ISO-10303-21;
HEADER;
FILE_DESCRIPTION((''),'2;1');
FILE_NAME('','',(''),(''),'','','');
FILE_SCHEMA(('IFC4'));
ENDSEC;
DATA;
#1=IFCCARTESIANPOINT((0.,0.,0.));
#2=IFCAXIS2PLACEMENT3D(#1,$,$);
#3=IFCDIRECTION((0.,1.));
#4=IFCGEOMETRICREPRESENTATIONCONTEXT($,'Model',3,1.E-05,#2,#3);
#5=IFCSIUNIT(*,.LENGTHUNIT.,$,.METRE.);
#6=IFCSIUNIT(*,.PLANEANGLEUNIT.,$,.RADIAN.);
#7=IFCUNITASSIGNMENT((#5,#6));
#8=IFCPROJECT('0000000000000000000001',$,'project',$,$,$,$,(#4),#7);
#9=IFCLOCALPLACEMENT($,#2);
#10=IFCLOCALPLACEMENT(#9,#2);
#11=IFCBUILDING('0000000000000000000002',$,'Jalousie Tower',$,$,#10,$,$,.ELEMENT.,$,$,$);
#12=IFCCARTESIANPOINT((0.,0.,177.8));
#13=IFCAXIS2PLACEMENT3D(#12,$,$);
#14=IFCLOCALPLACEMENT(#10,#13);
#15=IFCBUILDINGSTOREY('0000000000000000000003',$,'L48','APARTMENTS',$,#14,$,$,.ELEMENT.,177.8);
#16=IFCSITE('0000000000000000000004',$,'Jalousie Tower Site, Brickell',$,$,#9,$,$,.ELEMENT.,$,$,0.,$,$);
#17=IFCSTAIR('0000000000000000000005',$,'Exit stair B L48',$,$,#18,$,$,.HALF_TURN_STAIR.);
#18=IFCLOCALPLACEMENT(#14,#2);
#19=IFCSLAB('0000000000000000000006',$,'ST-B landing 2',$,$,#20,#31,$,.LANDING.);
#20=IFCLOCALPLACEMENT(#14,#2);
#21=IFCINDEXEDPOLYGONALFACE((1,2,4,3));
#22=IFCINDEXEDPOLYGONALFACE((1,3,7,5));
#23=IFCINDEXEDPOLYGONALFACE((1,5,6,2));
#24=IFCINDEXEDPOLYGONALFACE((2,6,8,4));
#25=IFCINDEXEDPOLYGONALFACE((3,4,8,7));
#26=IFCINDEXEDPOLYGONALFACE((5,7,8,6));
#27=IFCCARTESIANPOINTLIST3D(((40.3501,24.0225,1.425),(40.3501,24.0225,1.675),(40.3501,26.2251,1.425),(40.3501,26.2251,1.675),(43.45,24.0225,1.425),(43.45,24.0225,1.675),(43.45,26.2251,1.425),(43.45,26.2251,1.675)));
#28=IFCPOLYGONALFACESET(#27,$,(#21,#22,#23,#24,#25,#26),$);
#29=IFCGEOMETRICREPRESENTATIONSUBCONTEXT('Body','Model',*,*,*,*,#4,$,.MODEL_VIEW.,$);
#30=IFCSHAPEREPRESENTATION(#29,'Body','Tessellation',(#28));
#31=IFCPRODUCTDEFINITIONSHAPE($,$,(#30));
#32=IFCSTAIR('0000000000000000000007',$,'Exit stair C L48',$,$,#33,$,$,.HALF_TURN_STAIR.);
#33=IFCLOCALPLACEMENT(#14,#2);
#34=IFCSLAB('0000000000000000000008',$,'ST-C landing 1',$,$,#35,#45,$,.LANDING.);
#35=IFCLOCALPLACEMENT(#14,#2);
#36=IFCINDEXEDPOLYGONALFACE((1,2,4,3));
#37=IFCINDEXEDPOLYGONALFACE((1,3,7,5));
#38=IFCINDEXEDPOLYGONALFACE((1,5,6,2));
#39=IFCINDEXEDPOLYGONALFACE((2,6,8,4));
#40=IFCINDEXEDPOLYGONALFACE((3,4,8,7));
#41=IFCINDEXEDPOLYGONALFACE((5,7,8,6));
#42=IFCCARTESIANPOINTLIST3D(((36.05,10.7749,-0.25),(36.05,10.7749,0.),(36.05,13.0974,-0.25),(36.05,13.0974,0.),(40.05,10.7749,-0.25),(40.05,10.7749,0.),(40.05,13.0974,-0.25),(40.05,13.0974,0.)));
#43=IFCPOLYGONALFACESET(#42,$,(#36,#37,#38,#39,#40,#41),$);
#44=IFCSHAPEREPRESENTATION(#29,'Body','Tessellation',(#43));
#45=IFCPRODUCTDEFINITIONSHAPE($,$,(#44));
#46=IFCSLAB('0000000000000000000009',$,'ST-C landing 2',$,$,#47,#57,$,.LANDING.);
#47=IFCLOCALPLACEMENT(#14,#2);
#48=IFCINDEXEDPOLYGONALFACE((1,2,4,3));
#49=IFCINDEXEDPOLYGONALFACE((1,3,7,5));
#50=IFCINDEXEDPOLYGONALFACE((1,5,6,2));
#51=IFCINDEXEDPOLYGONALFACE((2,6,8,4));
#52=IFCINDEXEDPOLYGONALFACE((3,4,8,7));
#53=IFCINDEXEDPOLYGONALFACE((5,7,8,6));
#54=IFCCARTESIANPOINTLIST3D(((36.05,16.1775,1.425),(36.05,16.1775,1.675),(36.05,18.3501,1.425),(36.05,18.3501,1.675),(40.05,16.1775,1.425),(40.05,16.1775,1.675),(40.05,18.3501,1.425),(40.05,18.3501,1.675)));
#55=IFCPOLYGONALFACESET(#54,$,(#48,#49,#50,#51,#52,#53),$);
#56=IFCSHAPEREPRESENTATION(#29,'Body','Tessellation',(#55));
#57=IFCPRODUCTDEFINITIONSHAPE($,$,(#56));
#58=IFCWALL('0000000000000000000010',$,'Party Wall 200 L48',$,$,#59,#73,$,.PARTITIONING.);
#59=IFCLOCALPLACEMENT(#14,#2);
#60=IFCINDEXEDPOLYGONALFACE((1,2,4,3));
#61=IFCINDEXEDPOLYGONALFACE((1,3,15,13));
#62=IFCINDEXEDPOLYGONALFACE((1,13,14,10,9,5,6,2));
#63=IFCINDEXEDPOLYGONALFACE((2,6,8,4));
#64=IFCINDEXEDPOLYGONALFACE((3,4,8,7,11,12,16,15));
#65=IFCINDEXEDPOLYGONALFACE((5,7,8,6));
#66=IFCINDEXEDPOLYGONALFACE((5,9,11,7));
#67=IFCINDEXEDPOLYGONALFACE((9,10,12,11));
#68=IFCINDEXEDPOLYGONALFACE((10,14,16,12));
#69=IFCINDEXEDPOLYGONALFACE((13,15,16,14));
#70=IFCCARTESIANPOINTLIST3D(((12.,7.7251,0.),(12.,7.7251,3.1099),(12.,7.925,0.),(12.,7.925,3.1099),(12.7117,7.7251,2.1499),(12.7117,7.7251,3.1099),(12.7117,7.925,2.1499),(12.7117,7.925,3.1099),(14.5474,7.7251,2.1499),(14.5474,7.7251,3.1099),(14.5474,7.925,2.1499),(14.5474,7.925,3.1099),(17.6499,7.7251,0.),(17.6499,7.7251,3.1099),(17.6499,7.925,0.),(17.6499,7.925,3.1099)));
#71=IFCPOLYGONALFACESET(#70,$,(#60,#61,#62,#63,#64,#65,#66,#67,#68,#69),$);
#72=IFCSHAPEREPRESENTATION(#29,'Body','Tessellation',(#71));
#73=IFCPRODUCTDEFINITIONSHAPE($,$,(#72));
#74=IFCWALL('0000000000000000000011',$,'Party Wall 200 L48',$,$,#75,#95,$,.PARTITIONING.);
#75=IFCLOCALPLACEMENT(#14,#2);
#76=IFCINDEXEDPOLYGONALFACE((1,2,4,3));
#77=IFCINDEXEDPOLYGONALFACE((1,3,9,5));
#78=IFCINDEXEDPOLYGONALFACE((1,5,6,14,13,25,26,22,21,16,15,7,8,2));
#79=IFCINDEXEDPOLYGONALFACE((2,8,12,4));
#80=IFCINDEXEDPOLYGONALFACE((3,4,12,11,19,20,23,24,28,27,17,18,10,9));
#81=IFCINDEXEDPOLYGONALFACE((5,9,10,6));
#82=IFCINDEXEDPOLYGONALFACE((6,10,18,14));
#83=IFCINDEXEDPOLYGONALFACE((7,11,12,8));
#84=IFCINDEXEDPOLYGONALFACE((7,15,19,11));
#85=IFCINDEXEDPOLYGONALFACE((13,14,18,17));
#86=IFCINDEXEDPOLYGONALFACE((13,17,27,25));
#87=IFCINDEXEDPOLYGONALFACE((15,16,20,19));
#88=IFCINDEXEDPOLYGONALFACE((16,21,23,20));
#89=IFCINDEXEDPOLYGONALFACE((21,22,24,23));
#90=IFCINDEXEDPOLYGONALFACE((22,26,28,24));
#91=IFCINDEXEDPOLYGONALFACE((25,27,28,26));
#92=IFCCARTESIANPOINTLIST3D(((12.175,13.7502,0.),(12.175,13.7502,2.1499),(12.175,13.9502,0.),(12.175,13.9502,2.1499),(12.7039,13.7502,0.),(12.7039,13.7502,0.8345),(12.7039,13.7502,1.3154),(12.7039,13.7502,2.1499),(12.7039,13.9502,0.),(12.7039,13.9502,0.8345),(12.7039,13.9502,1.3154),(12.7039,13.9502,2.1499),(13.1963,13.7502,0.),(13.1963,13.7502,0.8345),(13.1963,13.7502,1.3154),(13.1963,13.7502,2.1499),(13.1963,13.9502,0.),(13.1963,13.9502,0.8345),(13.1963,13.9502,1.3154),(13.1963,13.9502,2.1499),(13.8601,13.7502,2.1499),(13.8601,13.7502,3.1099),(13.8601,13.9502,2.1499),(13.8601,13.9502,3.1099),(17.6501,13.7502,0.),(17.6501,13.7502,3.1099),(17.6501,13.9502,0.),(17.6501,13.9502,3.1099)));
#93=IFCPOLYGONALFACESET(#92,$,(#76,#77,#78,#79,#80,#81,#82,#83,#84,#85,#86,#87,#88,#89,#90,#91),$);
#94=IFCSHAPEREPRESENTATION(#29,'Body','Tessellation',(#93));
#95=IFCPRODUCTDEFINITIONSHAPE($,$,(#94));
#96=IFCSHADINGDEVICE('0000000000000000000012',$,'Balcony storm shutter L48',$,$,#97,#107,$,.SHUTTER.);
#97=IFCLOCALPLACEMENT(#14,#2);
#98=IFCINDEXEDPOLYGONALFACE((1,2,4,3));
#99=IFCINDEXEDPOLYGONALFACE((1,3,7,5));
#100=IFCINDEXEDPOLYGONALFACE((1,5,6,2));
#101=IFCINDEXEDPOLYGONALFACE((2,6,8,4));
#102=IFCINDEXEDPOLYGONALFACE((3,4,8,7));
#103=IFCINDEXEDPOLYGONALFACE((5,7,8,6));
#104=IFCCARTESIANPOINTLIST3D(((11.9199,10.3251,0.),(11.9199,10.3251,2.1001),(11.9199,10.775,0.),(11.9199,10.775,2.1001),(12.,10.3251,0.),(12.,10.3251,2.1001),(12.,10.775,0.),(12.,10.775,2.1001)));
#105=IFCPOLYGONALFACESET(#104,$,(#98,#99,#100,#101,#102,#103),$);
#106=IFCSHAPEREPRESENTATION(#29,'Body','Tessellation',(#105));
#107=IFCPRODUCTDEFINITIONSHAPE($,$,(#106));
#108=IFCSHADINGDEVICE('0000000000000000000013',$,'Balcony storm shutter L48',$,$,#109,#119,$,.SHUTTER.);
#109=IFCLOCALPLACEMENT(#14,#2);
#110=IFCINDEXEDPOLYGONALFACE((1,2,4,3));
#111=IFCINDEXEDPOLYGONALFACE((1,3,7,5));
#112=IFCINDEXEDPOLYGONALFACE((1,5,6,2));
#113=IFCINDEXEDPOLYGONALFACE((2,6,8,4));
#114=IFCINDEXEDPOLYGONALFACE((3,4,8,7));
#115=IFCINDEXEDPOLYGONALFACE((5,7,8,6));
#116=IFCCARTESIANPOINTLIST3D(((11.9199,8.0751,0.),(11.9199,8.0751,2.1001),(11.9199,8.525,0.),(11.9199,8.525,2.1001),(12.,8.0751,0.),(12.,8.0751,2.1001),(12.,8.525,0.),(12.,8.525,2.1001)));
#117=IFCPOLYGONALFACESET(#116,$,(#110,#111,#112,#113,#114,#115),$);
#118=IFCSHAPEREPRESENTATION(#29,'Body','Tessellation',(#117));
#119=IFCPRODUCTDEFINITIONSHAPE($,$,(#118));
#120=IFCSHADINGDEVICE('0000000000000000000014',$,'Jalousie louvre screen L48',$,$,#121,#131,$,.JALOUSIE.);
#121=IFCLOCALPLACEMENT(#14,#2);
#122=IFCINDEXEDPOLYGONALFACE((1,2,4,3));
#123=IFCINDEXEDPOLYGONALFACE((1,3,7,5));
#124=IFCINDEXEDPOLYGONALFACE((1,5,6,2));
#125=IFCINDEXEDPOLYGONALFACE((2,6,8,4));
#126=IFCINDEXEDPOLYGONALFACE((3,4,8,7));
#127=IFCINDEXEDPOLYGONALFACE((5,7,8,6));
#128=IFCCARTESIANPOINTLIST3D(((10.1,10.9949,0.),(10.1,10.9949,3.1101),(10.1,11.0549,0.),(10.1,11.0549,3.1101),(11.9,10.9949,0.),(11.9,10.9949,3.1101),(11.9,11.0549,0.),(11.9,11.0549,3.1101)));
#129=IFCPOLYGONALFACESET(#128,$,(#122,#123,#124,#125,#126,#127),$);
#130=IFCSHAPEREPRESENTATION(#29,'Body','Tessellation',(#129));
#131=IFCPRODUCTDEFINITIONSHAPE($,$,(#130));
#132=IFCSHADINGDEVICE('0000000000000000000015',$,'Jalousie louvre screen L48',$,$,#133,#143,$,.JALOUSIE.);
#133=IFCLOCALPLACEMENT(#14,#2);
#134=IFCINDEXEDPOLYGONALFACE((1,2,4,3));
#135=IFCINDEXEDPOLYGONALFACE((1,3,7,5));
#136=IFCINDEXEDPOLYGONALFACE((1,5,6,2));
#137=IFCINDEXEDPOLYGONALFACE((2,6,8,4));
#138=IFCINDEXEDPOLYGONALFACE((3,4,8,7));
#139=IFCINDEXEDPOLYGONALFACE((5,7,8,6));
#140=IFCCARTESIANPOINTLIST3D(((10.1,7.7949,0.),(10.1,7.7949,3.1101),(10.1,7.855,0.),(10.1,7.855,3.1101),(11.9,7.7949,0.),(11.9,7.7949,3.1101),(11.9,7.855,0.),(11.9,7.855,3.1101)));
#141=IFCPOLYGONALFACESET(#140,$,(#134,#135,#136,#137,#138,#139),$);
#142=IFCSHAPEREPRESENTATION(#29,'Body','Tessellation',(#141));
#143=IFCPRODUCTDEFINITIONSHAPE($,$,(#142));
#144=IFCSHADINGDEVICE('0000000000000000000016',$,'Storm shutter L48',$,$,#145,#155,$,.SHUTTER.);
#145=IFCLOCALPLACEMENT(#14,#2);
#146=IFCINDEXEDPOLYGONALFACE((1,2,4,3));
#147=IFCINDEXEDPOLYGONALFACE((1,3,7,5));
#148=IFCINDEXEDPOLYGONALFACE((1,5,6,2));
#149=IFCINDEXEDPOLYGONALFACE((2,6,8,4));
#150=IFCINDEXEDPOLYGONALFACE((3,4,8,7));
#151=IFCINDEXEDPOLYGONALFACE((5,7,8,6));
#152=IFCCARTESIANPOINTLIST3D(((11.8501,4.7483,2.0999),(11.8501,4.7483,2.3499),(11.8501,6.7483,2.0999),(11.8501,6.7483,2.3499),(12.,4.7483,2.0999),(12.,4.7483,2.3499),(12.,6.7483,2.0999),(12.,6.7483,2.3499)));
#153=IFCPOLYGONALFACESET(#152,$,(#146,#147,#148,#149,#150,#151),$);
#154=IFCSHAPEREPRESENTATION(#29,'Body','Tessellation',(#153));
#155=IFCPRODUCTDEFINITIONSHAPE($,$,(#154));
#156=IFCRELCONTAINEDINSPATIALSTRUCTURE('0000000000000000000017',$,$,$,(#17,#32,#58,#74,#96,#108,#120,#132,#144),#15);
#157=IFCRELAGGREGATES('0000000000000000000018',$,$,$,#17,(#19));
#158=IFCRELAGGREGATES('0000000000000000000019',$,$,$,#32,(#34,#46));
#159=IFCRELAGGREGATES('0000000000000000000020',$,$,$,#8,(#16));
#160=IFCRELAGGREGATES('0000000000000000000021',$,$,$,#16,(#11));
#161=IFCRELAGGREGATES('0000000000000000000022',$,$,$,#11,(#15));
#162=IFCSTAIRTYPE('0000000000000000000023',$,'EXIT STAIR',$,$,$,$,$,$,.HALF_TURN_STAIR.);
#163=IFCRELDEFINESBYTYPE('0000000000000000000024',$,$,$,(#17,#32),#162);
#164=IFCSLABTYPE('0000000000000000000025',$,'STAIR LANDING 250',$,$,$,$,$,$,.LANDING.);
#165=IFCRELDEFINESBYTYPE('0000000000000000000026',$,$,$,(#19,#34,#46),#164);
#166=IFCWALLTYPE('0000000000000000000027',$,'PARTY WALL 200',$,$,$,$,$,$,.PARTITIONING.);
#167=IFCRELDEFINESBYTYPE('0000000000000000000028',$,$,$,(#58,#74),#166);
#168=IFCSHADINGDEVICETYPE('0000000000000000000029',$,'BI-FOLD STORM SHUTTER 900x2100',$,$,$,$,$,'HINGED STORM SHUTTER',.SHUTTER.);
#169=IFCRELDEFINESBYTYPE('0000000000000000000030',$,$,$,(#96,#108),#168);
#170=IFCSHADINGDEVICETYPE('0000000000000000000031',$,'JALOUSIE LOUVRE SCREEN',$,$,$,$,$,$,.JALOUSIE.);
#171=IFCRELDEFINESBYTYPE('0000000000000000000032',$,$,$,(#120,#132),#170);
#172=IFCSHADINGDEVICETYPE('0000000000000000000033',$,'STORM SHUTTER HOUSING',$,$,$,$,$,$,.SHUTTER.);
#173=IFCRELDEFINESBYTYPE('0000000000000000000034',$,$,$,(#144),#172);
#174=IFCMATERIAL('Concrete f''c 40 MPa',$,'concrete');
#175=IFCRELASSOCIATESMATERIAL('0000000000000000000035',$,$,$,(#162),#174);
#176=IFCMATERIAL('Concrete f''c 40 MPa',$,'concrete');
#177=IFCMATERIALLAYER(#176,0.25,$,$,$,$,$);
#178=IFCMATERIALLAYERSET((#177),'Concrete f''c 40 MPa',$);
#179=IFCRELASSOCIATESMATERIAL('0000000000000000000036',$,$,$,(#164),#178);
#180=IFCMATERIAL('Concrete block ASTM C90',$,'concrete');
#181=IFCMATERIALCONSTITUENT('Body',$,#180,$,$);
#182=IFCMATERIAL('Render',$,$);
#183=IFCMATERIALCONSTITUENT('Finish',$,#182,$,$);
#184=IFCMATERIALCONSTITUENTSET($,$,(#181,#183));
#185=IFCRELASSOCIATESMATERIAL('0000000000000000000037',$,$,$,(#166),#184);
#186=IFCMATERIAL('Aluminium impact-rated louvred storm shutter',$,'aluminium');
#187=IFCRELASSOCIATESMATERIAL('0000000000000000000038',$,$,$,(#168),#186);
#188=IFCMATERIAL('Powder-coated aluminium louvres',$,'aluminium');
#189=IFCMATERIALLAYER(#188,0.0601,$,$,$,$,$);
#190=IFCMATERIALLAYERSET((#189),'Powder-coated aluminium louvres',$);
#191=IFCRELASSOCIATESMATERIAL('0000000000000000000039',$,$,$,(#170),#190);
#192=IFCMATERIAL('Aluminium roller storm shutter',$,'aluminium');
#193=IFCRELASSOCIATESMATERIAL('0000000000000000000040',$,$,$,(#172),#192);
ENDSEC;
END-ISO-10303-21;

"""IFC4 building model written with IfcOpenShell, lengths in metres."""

from ifc_helpers import new_model, si_unit, direction, frame, origin, origin_2d, place, context, subcontext, project, spatial, polyline, rectangle, outline, extrude, material, layer, layer_set, constituent, constituent_set, type_object, element, aggregate, save


model = new_model("IFC4")

# Units and contexts
model_context = context("Model", 3, precision=1e-05, world=origin(), true_north=direction((0.0, 1.0)))
body_context = subcontext(model_context, "Body", "Model", "MODEL_VIEW")
ifc_project = project(units=[si_unit("LENGTHUNIT", "METRE"), si_unit("PLANEANGLEUNIT", "RADIAN")], contexts=[model_context])

# Site, building, storey
site_placement = place(None, origin())
site = spatial("IfcSite", under=ifc_project, at=site_placement, Name="Jalousie Tower Site, Brickell", CompositionType="ELEMENT", RefElevation=0.0)
building_placement = place(site_placement, origin())
building = spatial("IfcBuilding", under=site, at=building_placement, Name="Jalousie Tower", CompositionType="ELEMENT")
storey_placement = place(building_placement, frame((0.0, 0.0, 177.8)))
storey = spatial("IfcBuildingStorey", under=building, at=storey_placement, Name="L48", Description="APARTMENTS", CompositionType="ELEMENT", Elevation=177.8)

# Stairs, slabs
ifc_material_1 = material(Name="Concrete f'c 40 MPa", Category="concrete")
stair_type = type_object("IfcStairType", Name="EXIT STAIR", PredefinedType="HALF_TURN_STAIR", material=ifc_material_1)
ifc_material_2 = material(Name="Concrete f'c 40 MPa", Category="concrete")
ifc_layer_1 = layer(ifc_material_2, 0.25)
ifc_layer_set_1 = layer_set([ifc_layer_1], Name="Concrete f'c 40 MPa")
slab_type_1 = type_object("IfcSlabType", Name="STAIR LANDING 250", PredefinedType="LANDING", material=ifc_layer_set_1)
stair_1_placement = place(storey_placement, origin())
stair_1 = element("IfcStair", 1, at=stair_1_placement, inside=storey, type_object=stair_type, Name="Exit stair B L48", PredefinedType="HALF_TURN_STAIR")
slab_1_placement = place(storey_placement, frame((0.0, 0.0, 1.425)))
slab_1 = element("IfcSlab", 2, at=slab_1_placement, type_object=slab_type_1, Name="ST-B landing 2", PredefinedType="LANDING", context=body_context, shape_type="SweptSolid", body=[
    extrude(outline(polyline([(40.3501, 24.0225), (43.45, 24.0225), (43.45, 26.2251), (40.3501, 26.2251), (40.3501, 24.0225)])), origin(), (0.0, 0.0, 1.0), 0.25),
])
aggregate(stair_1, [slab_1])
stair_2_placement = place(storey_placement, origin())
stair_2 = element("IfcStair", 3, at=stair_2_placement, inside=storey, type_object=stair_type, Name="Exit stair C L48", PredefinedType="HALF_TURN_STAIR")
slab_2_placement = place(storey_placement, frame((0.0, 0.0, -0.25)))
slab_2 = element("IfcSlab", 4, at=slab_2_placement, type_object=slab_type_1, Name="ST-C landing 1", PredefinedType="LANDING", context=body_context, shape_type="SweptSolid", body=[
    extrude(outline(polyline([(36.05, 10.7749), (40.05, 10.7749), (40.05, 13.0974), (36.05, 13.0974), (36.05, 10.7749)])), origin(), (0.0, 0.0, 1.0), 0.25),
])
slab_3_placement = place(storey_placement, frame((0.0, 0.0, 1.425)))
slab_3 = element("IfcSlab", 5, at=slab_3_placement, type_object=slab_type_1, Name="ST-C landing 2", PredefinedType="LANDING", context=body_context, shape_type="SweptSolid", body=[
    extrude(outline(polyline([(36.05, 16.1775), (40.05, 16.1775), (40.05, 18.3501), (36.05, 18.3501), (36.05, 16.1775)])), origin(), (0.0, 0.0, 1.0), 0.25),
])
aggregate(stair_2, [slab_2, slab_3])

# Walls
ifc_material_3 = material(Name="Concrete block ASTM C90", Category="concrete")
ifc_constituent_1 = constituent(ifc_material_3, Name="Body")
ifc_material_4 = material(Name="Render")
ifc_constituent_2 = constituent(ifc_material_4, Name="Finish")
ifc_constituent_set = constituent_set(constituents=[ifc_constituent_1, ifc_constituent_2])
wall_type = type_object("IfcWallType", Name="PARTY WALL 200", PredefinedType="PARTITIONING", material=ifc_constituent_set)
wall_1_placement = place(storey_placement, frame((12.0, 7.825, 0.0), z_axis=(0.0, 0.0, 1.0), x_axis=(1.0, 0.0, 0.0)))
element("IfcWall", 6, at=wall_1_placement, inside=storey, type_object=wall_type, Name="Party Wall 200 L48", PredefinedType="PARTITIONING", context=body_context, shape_type="SweptSolid", body=[
    extrude(outline(polyline([(0.0, 0.0), (5.6499, 0.0), (5.6499, 3.1099), (2.5474, 3.1099), (2.5474, 2.1499), (0.7117, 2.1499), (0.7117, 3.1099), (0.0, 3.1099), (0.0, 0.0)])), frame((0.0, 0.1001, 0.0), z_axis=(0.0, -1.0, 0.0), x_axis=(1.0, 0.0, 0.0)), (0.0, 0.0, 1.0), 0.2),
])
wall_2_placement = place(storey_placement, frame((12.175, 13.8501, 0.0), z_axis=(0.0, 0.0, 1.0), x_axis=(1.0, 0.0, 0.0)))
element("IfcWall", 7, at=wall_2_placement, inside=storey, type_object=wall_type, Name="Party Wall 200 L48", PredefinedType="PARTITIONING", context=body_context, shape_type="SweptSolid", body=[
    extrude(outline(polyline([(0.5288, 2.1499), (0.0, 2.1499), (0.0, 0.0), (0.5288, 0.0), (0.5288, 0.8345), (1.0212, 0.8345), (1.0212, 0.0), (5.4751, 0.0), (5.4751, 3.1099), (1.6851, 3.1099), (1.6851, 2.1499), (1.0212, 2.1499), (1.0212, 1.3154), (0.5288, 1.3154), (0.5288, 2.1499)])), frame((0.0, 0.1001, 0.0), z_axis=(0.0, -1.0, 0.0), x_axis=(1.0, 0.0, 0.0)), (0.0, 0.0, 1.0), 0.2),
])

# Shading devices
ifc_material_5 = material(Name="Aluminium impact-rated louvred storm shutter", Category="aluminium")
shading_device_type_1 = type_object("IfcShadingDeviceType", Name="BI-FOLD STORM SHUTTER 900x2100", ElementType="HINGED STORM SHUTTER", PredefinedType="SHUTTER", material=ifc_material_5)
for number, where, z_axis, x_axis, name in (
    (8, (11.96, 10.55, 0.0), (0.0, 0.0, 1.0), (0.0, -1.0, 0.0), "Balcony storm shutter L48"),
    (9, (11.96, 8.3, 0.0), (0.0, 0.0, 1.0), (0.0, -1.0, 0.0), "Balcony storm shutter L48"),
):
    element("IfcShadingDevice", number, at=place(storey_placement, frame(where, z_axis=z_axis, x_axis=x_axis)), inside=storey, type_object=shading_device_type_1, Name=name, PredefinedType="SHUTTER", context=body_context, shape_type="SweptSolid", body=[
        extrude(rectangle(XDim=0.45, YDim=0.0801, at=origin_2d()), origin(), (0.0, 0.0, 1.0), 2.1001),
    ])

# Shading devices
ifc_material_6 = material(Name="Powder-coated aluminium louvres", Category="aluminium")
ifc_layer_2 = layer(ifc_material_6, 0.0601)
ifc_layer_set_2 = layer_set([ifc_layer_2], Name="Powder-coated aluminium louvres")
shading_device_type_2 = type_object("IfcShadingDeviceType", Name="JALOUSIE LOUVRE SCREEN", PredefinedType="JALOUSIE", material=ifc_layer_set_2)
for number, where, z_axis, x_axis, name in (
    (10, (11.0, 11.0249, 0.0), (0.0, 0.0, 1.0), (0.0, -1.0, 0.0), "Jalousie louvre screen L48"),
    (11, (11.0, 7.825, 0.0), (0.0, 0.0, 1.0), (0.0, -1.0, 0.0), "Jalousie louvre screen L48"),
):
    element("IfcShadingDevice", number, at=place(storey_placement, frame(where, z_axis=z_axis, x_axis=x_axis)), inside=storey, type_object=shading_device_type_2, Name=name, PredefinedType="JALOUSIE", context=body_context, shape_type="SweptSolid", body=[
        extrude(rectangle(XDim=0.0601, YDim=1.8, at=origin_2d()), origin(), (0.0, 0.0, 1.0), 3.1101),
    ])
ifc_material_7 = material(Name="Aluminium roller storm shutter", Category="aluminium")
shading_device_type_3 = type_object("IfcShadingDeviceType", Name="STORM SHUTTER HOUSING", PredefinedType="SHUTTER", material=ifc_material_7)
shading_device_placement = place(storey_placement, frame((11.925, 5.7483, 2.0999), z_axis=(0.0, 0.0, 1.0), x_axis=(0.0, -1.0, 0.0)))
element("IfcShadingDevice", 12, at=shading_device_placement, inside=storey, type_object=shading_device_type_3, Name="Storm shutter L48", PredefinedType="SHUTTER", context=body_context, shape_type="SweptSolid", body=[
    extrude(rectangle(XDim=2.0, YDim=0.1499, at=origin_2d()), origin(), (0.0, 0.0, 1.0), 0.25),
])

save(model, "model.ifc")
